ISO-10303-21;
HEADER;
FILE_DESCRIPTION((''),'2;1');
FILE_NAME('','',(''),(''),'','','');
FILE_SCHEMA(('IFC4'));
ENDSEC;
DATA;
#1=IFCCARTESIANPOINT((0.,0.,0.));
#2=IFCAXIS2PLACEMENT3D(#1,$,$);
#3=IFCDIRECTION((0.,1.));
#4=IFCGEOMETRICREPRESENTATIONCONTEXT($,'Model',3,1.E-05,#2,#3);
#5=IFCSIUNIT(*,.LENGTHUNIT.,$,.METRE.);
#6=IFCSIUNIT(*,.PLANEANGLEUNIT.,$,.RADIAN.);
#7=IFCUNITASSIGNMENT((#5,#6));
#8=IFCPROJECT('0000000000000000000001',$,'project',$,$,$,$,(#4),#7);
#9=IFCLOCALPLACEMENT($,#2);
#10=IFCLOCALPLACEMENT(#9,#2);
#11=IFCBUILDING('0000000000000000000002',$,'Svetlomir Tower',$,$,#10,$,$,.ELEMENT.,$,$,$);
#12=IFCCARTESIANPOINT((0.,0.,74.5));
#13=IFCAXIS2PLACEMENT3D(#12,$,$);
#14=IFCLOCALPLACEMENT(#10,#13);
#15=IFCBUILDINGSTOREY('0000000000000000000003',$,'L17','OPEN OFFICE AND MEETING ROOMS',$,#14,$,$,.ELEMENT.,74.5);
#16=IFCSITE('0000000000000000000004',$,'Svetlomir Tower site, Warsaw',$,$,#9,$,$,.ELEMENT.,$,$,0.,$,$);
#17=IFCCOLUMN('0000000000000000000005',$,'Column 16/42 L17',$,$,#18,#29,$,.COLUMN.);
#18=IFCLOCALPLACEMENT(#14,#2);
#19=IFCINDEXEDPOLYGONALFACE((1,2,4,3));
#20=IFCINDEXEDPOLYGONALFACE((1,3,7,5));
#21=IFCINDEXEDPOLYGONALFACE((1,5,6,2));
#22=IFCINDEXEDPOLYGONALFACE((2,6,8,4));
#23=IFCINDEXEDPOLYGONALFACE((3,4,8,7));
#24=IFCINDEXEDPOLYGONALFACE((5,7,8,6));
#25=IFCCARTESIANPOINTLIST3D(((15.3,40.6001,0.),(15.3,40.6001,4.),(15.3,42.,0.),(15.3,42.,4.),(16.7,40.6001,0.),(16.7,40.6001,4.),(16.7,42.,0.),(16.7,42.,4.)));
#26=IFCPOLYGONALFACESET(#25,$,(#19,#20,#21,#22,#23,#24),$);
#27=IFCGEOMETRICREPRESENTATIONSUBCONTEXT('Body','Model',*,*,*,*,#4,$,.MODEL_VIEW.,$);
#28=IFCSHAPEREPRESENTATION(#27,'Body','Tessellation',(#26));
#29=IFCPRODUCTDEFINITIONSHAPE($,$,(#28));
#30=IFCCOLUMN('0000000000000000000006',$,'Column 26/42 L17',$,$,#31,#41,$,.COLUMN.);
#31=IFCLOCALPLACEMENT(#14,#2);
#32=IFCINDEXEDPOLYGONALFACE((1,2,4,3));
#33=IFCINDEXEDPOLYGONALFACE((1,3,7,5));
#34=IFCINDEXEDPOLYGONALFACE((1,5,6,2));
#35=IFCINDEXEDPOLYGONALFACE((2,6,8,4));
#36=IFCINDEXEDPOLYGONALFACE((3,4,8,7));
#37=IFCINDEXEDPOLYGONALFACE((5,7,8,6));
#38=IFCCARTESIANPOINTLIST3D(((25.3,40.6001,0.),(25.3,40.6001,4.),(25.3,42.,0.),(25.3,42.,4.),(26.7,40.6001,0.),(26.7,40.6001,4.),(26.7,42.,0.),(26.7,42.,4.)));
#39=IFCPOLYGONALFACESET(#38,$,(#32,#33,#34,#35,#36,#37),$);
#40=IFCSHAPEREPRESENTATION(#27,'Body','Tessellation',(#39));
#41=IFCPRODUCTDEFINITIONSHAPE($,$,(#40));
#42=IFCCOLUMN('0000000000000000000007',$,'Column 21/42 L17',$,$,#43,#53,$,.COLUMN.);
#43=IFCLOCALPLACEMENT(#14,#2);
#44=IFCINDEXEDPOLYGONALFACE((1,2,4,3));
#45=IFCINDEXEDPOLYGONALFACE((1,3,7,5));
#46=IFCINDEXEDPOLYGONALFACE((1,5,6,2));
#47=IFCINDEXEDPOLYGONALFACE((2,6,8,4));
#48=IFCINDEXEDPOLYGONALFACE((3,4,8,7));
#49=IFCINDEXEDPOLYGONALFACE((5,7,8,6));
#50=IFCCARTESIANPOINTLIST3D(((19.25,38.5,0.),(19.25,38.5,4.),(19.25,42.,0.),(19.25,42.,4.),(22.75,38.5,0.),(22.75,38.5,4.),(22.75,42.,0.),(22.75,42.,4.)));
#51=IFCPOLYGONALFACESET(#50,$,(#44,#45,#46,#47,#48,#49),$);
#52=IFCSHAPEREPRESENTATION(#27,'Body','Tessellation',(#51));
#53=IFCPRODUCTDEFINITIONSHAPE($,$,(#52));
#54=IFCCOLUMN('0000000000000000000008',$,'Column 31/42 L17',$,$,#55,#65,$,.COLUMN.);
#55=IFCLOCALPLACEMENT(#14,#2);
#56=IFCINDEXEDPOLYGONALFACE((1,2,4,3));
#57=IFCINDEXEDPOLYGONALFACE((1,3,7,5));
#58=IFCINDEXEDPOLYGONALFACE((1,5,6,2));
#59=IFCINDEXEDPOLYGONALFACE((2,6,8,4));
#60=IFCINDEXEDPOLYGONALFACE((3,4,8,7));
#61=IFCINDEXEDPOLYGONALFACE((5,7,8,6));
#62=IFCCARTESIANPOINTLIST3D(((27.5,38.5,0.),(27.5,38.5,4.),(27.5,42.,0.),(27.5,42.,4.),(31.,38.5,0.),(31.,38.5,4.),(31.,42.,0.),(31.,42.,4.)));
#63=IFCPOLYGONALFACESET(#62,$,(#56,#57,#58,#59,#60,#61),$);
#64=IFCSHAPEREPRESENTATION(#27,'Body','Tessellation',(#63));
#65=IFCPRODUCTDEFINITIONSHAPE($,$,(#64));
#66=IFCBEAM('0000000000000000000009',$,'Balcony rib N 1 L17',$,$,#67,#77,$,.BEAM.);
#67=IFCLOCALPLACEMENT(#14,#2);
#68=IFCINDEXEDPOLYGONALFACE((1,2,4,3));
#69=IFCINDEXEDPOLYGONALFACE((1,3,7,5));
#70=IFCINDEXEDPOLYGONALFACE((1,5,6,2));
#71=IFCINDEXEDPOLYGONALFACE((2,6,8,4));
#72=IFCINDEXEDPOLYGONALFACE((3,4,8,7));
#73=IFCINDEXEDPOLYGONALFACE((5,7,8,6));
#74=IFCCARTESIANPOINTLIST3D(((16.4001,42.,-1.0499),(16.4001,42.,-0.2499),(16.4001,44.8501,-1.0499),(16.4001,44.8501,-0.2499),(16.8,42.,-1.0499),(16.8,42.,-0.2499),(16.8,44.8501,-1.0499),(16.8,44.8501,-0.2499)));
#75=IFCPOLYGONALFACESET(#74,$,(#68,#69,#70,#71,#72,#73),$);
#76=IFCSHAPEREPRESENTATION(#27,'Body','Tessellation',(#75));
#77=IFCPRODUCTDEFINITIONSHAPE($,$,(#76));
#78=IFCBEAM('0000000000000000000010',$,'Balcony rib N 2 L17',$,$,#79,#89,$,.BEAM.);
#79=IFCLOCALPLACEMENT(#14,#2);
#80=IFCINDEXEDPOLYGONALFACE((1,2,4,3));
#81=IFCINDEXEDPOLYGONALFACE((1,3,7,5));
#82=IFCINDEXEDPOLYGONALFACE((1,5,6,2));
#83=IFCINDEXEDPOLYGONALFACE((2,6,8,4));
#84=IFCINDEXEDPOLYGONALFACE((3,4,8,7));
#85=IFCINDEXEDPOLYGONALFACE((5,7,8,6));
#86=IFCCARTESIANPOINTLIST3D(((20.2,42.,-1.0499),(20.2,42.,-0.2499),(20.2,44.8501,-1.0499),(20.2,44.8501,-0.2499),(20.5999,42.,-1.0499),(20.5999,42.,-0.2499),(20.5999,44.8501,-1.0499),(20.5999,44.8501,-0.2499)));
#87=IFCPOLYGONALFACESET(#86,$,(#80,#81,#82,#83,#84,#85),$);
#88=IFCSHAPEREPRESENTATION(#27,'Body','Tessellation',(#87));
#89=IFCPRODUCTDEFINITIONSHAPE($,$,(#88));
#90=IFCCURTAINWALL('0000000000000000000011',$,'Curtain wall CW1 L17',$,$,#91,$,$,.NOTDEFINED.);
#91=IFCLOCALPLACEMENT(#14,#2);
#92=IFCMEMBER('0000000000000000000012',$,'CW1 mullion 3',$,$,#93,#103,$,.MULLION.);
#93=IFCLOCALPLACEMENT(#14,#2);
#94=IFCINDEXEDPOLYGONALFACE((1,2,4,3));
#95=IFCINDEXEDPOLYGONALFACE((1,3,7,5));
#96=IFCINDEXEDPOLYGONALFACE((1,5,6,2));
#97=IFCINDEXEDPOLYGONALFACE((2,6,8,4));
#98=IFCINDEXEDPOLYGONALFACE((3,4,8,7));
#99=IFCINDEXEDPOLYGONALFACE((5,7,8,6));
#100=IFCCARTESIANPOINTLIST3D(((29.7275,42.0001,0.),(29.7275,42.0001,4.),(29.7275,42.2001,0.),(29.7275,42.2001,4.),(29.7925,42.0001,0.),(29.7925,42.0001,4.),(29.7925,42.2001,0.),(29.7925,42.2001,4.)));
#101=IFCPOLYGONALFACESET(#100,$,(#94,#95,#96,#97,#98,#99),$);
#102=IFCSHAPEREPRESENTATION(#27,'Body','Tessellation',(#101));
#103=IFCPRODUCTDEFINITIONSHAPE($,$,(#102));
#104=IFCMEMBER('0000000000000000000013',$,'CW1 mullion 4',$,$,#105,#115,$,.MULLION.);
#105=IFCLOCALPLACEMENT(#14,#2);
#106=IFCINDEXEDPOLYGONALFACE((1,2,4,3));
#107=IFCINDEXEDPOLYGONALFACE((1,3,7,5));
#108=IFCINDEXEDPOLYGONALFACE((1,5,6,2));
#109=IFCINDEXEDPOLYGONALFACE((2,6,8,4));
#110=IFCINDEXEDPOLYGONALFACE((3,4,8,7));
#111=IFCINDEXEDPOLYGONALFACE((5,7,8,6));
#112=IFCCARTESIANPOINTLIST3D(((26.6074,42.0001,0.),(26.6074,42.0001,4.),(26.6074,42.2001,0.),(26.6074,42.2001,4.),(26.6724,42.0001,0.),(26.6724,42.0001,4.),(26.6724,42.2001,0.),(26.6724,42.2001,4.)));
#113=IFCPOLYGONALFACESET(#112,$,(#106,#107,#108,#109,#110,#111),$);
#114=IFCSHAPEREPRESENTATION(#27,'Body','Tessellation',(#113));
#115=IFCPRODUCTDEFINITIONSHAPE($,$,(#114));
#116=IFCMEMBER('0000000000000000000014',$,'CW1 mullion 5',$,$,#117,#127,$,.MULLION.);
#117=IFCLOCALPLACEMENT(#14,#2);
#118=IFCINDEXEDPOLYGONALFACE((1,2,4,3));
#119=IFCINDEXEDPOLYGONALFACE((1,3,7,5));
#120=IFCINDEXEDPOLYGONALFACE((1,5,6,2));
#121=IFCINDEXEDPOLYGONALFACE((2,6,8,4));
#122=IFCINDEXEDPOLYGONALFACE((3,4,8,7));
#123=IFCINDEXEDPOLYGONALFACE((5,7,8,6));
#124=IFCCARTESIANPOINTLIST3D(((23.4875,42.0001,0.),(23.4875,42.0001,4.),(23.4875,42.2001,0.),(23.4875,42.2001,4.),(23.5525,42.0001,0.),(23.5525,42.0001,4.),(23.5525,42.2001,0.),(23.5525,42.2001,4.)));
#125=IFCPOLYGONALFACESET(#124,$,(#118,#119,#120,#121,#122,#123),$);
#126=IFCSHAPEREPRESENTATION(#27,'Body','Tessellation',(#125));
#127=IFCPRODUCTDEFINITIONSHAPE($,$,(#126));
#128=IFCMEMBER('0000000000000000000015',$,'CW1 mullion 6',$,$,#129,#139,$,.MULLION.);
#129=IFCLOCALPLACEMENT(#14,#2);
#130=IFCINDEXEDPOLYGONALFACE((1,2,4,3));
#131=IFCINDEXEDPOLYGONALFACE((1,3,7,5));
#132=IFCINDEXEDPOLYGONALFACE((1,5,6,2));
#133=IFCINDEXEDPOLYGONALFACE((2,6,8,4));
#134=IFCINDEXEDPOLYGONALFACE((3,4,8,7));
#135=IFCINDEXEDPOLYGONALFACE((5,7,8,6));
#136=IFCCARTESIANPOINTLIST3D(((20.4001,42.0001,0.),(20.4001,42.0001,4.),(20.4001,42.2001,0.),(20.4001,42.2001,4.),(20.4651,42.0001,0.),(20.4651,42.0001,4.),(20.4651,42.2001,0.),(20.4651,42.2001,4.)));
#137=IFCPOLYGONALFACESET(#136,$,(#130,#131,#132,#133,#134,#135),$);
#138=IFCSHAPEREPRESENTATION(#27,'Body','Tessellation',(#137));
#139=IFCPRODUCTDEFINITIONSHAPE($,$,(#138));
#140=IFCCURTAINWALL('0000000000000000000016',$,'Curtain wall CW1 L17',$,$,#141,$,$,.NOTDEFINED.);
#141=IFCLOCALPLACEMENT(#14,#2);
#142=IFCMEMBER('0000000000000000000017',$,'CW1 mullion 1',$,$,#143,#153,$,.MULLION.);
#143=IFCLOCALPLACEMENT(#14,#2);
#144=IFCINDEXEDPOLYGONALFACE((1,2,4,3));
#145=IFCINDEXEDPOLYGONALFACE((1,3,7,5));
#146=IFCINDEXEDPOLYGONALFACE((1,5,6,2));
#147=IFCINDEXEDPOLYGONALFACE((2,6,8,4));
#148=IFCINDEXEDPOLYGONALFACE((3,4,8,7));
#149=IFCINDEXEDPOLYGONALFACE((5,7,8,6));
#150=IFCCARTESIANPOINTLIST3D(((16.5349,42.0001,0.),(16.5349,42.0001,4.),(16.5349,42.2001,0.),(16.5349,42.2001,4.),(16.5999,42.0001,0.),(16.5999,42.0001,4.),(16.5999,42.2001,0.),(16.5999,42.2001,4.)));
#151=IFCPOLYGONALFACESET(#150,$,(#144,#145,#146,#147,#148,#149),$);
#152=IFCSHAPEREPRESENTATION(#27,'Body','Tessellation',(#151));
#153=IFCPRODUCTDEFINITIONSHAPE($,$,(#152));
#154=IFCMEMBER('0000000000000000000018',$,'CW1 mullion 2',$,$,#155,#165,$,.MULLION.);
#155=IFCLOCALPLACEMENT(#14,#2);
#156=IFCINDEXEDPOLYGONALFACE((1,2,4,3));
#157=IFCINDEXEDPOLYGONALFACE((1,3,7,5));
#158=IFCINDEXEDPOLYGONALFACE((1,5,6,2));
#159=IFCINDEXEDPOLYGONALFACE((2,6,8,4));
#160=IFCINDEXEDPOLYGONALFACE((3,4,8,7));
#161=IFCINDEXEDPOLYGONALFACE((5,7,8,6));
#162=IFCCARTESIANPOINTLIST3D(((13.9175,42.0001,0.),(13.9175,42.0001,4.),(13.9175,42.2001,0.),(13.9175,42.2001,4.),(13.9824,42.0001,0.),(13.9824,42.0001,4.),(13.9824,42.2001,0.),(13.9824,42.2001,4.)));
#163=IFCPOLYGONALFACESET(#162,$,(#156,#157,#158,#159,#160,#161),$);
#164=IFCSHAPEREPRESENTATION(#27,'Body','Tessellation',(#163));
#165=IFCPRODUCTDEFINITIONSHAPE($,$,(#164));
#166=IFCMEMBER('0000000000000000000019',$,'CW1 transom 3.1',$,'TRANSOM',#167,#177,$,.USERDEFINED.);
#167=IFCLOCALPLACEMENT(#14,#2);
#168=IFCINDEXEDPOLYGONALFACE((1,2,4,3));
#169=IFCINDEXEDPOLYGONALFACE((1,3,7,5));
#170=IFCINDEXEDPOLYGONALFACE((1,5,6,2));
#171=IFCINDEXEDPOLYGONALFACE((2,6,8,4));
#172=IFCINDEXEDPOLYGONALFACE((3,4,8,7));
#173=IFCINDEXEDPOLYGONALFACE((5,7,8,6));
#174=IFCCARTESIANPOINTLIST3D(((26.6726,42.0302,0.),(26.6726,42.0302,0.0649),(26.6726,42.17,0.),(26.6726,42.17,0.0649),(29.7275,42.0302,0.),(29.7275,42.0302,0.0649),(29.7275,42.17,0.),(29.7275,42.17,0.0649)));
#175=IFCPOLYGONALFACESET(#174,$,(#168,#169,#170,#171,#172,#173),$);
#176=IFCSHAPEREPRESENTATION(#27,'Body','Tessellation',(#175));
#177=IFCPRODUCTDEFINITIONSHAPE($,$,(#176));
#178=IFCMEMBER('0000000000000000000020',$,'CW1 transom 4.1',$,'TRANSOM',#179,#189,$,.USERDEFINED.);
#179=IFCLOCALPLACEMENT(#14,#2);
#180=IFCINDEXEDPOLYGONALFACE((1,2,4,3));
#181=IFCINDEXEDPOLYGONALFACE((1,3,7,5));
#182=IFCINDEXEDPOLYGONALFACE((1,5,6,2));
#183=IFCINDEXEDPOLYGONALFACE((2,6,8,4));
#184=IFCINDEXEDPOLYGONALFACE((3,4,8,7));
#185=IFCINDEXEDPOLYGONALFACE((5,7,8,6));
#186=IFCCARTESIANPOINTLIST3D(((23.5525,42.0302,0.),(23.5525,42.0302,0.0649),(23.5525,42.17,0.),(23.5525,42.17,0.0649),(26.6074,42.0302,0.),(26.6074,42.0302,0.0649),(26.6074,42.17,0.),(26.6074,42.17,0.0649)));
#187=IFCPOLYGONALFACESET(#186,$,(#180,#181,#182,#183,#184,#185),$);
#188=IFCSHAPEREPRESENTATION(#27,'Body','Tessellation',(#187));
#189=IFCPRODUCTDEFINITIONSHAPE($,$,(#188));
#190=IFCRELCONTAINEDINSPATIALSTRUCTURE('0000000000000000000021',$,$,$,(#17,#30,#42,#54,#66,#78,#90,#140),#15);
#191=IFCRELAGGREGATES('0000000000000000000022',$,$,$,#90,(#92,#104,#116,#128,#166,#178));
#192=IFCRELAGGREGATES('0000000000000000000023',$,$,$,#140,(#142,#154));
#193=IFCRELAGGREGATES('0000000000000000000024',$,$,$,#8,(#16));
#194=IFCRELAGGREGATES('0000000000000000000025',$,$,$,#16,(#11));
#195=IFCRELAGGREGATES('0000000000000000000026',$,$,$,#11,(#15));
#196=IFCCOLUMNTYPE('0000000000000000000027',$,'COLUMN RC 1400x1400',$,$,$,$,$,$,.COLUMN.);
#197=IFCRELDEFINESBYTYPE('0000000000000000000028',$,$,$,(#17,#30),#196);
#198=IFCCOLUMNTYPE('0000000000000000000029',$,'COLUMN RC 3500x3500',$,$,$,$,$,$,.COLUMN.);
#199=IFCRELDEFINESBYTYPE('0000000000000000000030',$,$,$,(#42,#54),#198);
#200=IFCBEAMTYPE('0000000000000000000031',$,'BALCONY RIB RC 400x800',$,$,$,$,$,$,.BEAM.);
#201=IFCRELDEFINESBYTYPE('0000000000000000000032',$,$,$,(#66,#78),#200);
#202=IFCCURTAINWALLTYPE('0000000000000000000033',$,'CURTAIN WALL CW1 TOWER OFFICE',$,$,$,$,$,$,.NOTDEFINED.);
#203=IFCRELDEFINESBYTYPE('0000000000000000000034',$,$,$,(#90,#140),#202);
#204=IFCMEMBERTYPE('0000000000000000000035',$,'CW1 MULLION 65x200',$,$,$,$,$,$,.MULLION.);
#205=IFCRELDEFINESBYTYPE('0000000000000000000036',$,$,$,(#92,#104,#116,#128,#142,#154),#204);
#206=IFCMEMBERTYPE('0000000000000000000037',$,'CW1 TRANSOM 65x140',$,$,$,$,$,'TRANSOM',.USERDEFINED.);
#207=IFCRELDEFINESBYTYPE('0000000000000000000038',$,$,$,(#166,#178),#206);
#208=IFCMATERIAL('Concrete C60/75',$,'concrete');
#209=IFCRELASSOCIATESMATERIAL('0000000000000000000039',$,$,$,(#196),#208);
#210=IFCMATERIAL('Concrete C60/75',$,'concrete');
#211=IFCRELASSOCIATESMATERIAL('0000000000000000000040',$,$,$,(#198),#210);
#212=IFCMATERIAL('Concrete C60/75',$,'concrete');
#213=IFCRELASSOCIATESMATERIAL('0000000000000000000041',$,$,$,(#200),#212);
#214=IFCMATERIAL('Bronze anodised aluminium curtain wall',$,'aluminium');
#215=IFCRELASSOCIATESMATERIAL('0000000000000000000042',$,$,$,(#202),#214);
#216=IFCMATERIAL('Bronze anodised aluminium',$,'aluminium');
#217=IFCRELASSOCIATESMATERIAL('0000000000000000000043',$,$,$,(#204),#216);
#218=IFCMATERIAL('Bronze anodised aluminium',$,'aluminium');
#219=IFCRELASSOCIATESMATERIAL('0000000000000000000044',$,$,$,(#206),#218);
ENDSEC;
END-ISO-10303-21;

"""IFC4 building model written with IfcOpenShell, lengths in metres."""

from ifc_helpers import new_model, si_unit, direction, frame, origin, origin_2d, place, context, subcontext, project, spatial, rectangle, extrude, material, material_profile, profile_set, type_object, element, aggregate, save


model = new_model("IFC4")

# Units and contexts
model_context = context("Model", 3, precision=1e-05, world=origin(), true_north=direction((0.0, 1.0)))
body_context = subcontext(model_context, "Body", "Model", "MODEL_VIEW")
ifc_project = project(units=[si_unit("LENGTHUNIT", "METRE"), si_unit("PLANEANGLEUNIT", "RADIAN")], contexts=[model_context])

# Site, building, storey
site_placement = place(None, origin())
site = spatial("IfcSite", under=ifc_project, at=site_placement, Name="Svetlomir Tower site, Warsaw", CompositionType="ELEMENT", RefElevation=0.0)
building_placement = place(site_placement, origin())
building = spatial("IfcBuilding", under=site, at=building_placement, Name="Svetlomir Tower", CompositionType="ELEMENT")
storey_placement = place(building_placement, frame((0.0, 0.0, 74.5)))
storey = spatial("IfcBuildingStorey", under=building, at=storey_placement, Name="L17", Description="OPEN OFFICE AND MEETING ROOMS", CompositionType="ELEMENT", Elevation=74.5)

# Columns
ifc_material_1 = material(Name="Concrete C60/75", Category="concrete")
ifc_material_profile_1 = material_profile(ifc_material_1, rectangle(XDim=1.3999, YDim=1.3999, at=origin_2d()), Name="RC 1400x1400")
ifc_profile_set_1 = profile_set([ifc_material_profile_1], Name="Concrete C60/75")
column_type_1 = type_object("IfcColumnType", Name="COLUMN RC 1400x1400", PredefinedType="COLUMN", material=ifc_profile_set_1)
for number, where, z_axis, x_axis, name in (
    (1, (16.0, 41.3, 0.0), (0.0, 0.0, 1.0), (1.0, 0.0, 0.0), "Column 16/42 L17"),
    (2, (26.0, 41.3, 0.0), (0.0, 0.0, 1.0), (1.0, 0.0, 0.0), "Column 26/42 L17"),
):
    element("IfcColumn", number, at=place(storey_placement, frame(where, z_axis=z_axis, x_axis=x_axis)), inside=storey, type_object=column_type_1, Name=name, PredefinedType="COLUMN", context=body_context, shape_type="SweptSolid", body=[
        extrude(rectangle(XDim=1.3999, YDim=1.3999, at=origin_2d()), origin(), (0.0, 0.0, 1.0), 4.0),
    ])
ifc_material_2 = material(Name="Concrete C60/75", Category="concrete")
ifc_material_profile_2 = material_profile(ifc_material_2, rectangle(XDim=3.5, YDim=3.5, at=origin_2d()), Name="RC 3500x3500")
ifc_profile_set_2 = profile_set([ifc_material_profile_2], Name="Concrete C60/75")
column_type_2 = type_object("IfcColumnType", Name="COLUMN RC 3500x3500", PredefinedType="COLUMN", material=ifc_profile_set_2)
for number, where, z_axis, x_axis, name in (
    (3, (21.0, 40.25, 0.0), (0.0, 0.0, 1.0), (1.0, 0.0, 0.0), "Column 21/42 L17"),
    (4, (29.25, 40.25, 0.0), (0.0, 0.0, 1.0), (1.0, 0.0, 0.0), "Column 31/42 L17"),
):
    element("IfcColumn", number, at=place(storey_placement, frame(where, z_axis=z_axis, x_axis=x_axis)), inside=storey, type_object=column_type_2, Name=name, PredefinedType="COLUMN", context=body_context, shape_type="SweptSolid", body=[
        extrude(rectangle(XDim=3.5, YDim=3.5, at=origin_2d()), origin(), (0.0, 0.0, 1.0), 4.0),
    ])

# Beams
ifc_material_3 = material(Name="Concrete C60/75", Category="concrete")
ifc_material_profile_3 = material_profile(ifc_material_3, rectangle(XDim=0.3999, YDim=0.8, at=origin_2d()), Name="RC 400x800")
ifc_profile_set_3 = profile_set([ifc_material_profile_3], Name="Concrete C60/75")
beam_type_1 = type_object("IfcBeamType", Name="BALCONY RIB RC 400x800", PredefinedType="BEAM", material=ifc_profile_set_3)
for number, where, z_axis, x_axis, name in (
    (5, (16.6001, 42.0, -0.6499), (0.0, 1.0, 0.0), (-1.0, 0.0, 0.0), "Balcony rib N 1 L17"),
    (6, (20.3999, 42.0, -0.6499), (0.0, 1.0, 0.0), (-1.0, 0.0, 0.0), "Balcony rib N 2 L17"),
):
    element("IfcBeam", number, at=place(storey_placement, frame(where, z_axis=z_axis, x_axis=x_axis)), inside=storey, type_object=beam_type_1, Name=name, PredefinedType="BEAM", context=body_context, shape_type="SweptSolid", body=[
        extrude(rectangle(XDim=0.3999, YDim=0.8, at=origin_2d()), origin(), (0.0, 0.0, 1.0), 2.8501),
    ])

# Curtain walls, members
ifc_material_4 = material(Name="Bronze anodised aluminium curtain wall", Category="aluminium")
curtain_wall_type = type_object("IfcCurtainWallType", Name="CURTAIN WALL CW1 TOWER OFFICE", PredefinedType="NOTDEFINED", material=ifc_material_4)
curtain_wall_1_placement = place(storey_placement, origin())
curtain_wall_1 = element("IfcCurtainWall", 7, at=curtain_wall_1_placement, inside=storey, type_object=curtain_wall_type, Name="Curtain wall CW1 L17", PredefinedType="NOTDEFINED")
ifc_material_5 = material(Name="Bronze anodised aluminium", Category="aluminium")
ifc_material_profile_4 = material_profile(ifc_material_5, rectangle(XDim=0.0649, YDim=0.2, at=origin_2d()), Name="AL 65x200")
ifc_profile_set_4 = profile_set([ifc_material_profile_4], Name="Bronze anodised aluminium 6063-T6")
member_type_1 = type_object("IfcMemberType", Name="CW1 MULLION 65x200", PredefinedType="MULLION", material=ifc_profile_set_4)
member_1_placement = place(storey_placement, frame((29.76, 42.1001, 0.0), z_axis=(0.0, 0.0, 1.0), x_axis=(-1.0, 0.0, 0.0)))
member_1 = element("IfcMember", 8, at=member_1_placement, type_object=member_type_1, Name="CW1 mullion 3", PredefinedType="MULLION", context=body_context, shape_type="SweptSolid", body=[
    extrude(rectangle(XDim=0.0649, YDim=0.2, at=origin_2d()), origin(), (0.0, 0.0, 1.0), 4.0),
])
member_2_placement = place(storey_placement, frame((26.6399, 42.1001, 0.0), z_axis=(0.0, 0.0, 1.0), x_axis=(-1.0, 0.0, 0.0)))
member_2 = element("IfcMember", 9, at=member_2_placement, type_object=member_type_1, Name="CW1 mullion 4", PredefinedType="MULLION", context=body_context, shape_type="SweptSolid", body=[
    extrude(rectangle(XDim=0.0649, YDim=0.2, at=origin_2d()), origin(), (0.0, 0.0, 1.0), 4.0),
])
member_3_placement = place(storey_placement, frame((23.52, 42.1001, 0.0), z_axis=(0.0, 0.0, 1.0), x_axis=(-1.0, 0.0, 0.0)))
member_3 = element("IfcMember", 10, at=member_3_placement, type_object=member_type_1, Name="CW1 mullion 5", PredefinedType="MULLION", context=body_context, shape_type="SweptSolid", body=[
    extrude(rectangle(XDim=0.0649, YDim=0.2, at=origin_2d()), origin(), (0.0, 0.0, 1.0), 4.0),
])
member_4_placement = place(storey_placement, frame((20.4326, 42.1001, 0.0), z_axis=(0.0, 0.0, 1.0), x_axis=(-1.0, 0.0, 0.0)))
member_4 = element("IfcMember", 11, at=member_4_placement, type_object=member_type_1, Name="CW1 mullion 6", PredefinedType="MULLION", context=body_context, shape_type="SweptSolid", body=[
    extrude(rectangle(XDim=0.0649, YDim=0.2, at=origin_2d()), origin(), (0.0, 0.0, 1.0), 4.0),
])
curtain_wall_2_placement = place(storey_placement, origin())
curtain_wall_2 = element("IfcCurtainWall", 12, at=curtain_wall_2_placement, inside=storey, type_object=curtain_wall_type, Name="Curtain wall CW1 L17", PredefinedType="NOTDEFINED")
member_5_placement = place(storey_placement, frame((16.5674, 42.1001, 0.0), z_axis=(0.0, 0.0, 1.0), x_axis=(-1.0, 0.0, 0.0)))
member_5 = element("IfcMember", 13, at=member_5_placement, type_object=member_type_1, Name="CW1 mullion 1", PredefinedType="MULLION", context=body_context, shape_type="SweptSolid", body=[
    extrude(rectangle(XDim=0.0649, YDim=0.2, at=origin_2d()), origin(), (0.0, 0.0, 1.0), 4.0),
])
member_6_placement = place(storey_placement, frame((13.95, 42.1001, 0.0), z_axis=(0.0, 0.0, 1.0), x_axis=(-1.0, 0.0, 0.0)))
member_6 = element("IfcMember", 14, at=member_6_placement, type_object=member_type_1, Name="CW1 mullion 2", PredefinedType="MULLION", context=body_context, shape_type="SweptSolid", body=[
    extrude(rectangle(XDim=0.0649, YDim=0.2, at=origin_2d()), origin(), (0.0, 0.0, 1.0), 4.0),
])

# Members
ifc_material_6 = material(Name="Bronze anodised aluminium", Category="aluminium")
ifc_material_profile_5 = material_profile(ifc_material_6, rectangle(XDim=0.1399, YDim=0.0649, at=origin_2d()), Name="AL 140x65")
ifc_profile_set_5 = profile_set([ifc_material_profile_5], Name="Bronze anodised aluminium 6063-T6")
member_type_2 = type_object("IfcMemberType", Name="CW1 TRANSOM 65x140", ElementType="TRANSOM", PredefinedType="USERDEFINED", material=ifc_profile_set_5)
member_7_placement = place(storey_placement, frame((29.7275, 42.1001, 0.0325), z_axis=(-1.0, 0.0, 0.0), x_axis=(0.0, -1.0, 0.0)))
member_7 = element("IfcMember", 15, at=member_7_placement, type_object=member_type_2, Name="CW1 transom 3.1", ObjectType="TRANSOM", PredefinedType="USERDEFINED", context=body_context, shape_type="SweptSolid", body=[
    extrude(rectangle(XDim=0.1399, YDim=0.0649, at=origin_2d()), origin(), (0.0, 0.0, 1.0), 3.0549),
])
member_8_placement = place(storey_placement, frame((26.6074, 42.1001, 0.0325), z_axis=(-1.0, 0.0, 0.0), x_axis=(0.0, -1.0, 0.0)))
member_8 = element("IfcMember", 16, at=member_8_placement, type_object=member_type_2, Name="CW1 transom 4.1", ObjectType="TRANSOM", PredefinedType="USERDEFINED", context=body_context, shape_type="SweptSolid", body=[
    extrude(rectangle(XDim=0.1399, YDim=0.0649, at=origin_2d()), origin(), (0.0, 0.0, 1.0), 3.0549),
])

aggregate(curtain_wall_1, [member_1, member_2, member_3, member_4, member_7, member_8])
aggregate(curtain_wall_2, [member_5, member_6])

save(model, "model.ifc")
